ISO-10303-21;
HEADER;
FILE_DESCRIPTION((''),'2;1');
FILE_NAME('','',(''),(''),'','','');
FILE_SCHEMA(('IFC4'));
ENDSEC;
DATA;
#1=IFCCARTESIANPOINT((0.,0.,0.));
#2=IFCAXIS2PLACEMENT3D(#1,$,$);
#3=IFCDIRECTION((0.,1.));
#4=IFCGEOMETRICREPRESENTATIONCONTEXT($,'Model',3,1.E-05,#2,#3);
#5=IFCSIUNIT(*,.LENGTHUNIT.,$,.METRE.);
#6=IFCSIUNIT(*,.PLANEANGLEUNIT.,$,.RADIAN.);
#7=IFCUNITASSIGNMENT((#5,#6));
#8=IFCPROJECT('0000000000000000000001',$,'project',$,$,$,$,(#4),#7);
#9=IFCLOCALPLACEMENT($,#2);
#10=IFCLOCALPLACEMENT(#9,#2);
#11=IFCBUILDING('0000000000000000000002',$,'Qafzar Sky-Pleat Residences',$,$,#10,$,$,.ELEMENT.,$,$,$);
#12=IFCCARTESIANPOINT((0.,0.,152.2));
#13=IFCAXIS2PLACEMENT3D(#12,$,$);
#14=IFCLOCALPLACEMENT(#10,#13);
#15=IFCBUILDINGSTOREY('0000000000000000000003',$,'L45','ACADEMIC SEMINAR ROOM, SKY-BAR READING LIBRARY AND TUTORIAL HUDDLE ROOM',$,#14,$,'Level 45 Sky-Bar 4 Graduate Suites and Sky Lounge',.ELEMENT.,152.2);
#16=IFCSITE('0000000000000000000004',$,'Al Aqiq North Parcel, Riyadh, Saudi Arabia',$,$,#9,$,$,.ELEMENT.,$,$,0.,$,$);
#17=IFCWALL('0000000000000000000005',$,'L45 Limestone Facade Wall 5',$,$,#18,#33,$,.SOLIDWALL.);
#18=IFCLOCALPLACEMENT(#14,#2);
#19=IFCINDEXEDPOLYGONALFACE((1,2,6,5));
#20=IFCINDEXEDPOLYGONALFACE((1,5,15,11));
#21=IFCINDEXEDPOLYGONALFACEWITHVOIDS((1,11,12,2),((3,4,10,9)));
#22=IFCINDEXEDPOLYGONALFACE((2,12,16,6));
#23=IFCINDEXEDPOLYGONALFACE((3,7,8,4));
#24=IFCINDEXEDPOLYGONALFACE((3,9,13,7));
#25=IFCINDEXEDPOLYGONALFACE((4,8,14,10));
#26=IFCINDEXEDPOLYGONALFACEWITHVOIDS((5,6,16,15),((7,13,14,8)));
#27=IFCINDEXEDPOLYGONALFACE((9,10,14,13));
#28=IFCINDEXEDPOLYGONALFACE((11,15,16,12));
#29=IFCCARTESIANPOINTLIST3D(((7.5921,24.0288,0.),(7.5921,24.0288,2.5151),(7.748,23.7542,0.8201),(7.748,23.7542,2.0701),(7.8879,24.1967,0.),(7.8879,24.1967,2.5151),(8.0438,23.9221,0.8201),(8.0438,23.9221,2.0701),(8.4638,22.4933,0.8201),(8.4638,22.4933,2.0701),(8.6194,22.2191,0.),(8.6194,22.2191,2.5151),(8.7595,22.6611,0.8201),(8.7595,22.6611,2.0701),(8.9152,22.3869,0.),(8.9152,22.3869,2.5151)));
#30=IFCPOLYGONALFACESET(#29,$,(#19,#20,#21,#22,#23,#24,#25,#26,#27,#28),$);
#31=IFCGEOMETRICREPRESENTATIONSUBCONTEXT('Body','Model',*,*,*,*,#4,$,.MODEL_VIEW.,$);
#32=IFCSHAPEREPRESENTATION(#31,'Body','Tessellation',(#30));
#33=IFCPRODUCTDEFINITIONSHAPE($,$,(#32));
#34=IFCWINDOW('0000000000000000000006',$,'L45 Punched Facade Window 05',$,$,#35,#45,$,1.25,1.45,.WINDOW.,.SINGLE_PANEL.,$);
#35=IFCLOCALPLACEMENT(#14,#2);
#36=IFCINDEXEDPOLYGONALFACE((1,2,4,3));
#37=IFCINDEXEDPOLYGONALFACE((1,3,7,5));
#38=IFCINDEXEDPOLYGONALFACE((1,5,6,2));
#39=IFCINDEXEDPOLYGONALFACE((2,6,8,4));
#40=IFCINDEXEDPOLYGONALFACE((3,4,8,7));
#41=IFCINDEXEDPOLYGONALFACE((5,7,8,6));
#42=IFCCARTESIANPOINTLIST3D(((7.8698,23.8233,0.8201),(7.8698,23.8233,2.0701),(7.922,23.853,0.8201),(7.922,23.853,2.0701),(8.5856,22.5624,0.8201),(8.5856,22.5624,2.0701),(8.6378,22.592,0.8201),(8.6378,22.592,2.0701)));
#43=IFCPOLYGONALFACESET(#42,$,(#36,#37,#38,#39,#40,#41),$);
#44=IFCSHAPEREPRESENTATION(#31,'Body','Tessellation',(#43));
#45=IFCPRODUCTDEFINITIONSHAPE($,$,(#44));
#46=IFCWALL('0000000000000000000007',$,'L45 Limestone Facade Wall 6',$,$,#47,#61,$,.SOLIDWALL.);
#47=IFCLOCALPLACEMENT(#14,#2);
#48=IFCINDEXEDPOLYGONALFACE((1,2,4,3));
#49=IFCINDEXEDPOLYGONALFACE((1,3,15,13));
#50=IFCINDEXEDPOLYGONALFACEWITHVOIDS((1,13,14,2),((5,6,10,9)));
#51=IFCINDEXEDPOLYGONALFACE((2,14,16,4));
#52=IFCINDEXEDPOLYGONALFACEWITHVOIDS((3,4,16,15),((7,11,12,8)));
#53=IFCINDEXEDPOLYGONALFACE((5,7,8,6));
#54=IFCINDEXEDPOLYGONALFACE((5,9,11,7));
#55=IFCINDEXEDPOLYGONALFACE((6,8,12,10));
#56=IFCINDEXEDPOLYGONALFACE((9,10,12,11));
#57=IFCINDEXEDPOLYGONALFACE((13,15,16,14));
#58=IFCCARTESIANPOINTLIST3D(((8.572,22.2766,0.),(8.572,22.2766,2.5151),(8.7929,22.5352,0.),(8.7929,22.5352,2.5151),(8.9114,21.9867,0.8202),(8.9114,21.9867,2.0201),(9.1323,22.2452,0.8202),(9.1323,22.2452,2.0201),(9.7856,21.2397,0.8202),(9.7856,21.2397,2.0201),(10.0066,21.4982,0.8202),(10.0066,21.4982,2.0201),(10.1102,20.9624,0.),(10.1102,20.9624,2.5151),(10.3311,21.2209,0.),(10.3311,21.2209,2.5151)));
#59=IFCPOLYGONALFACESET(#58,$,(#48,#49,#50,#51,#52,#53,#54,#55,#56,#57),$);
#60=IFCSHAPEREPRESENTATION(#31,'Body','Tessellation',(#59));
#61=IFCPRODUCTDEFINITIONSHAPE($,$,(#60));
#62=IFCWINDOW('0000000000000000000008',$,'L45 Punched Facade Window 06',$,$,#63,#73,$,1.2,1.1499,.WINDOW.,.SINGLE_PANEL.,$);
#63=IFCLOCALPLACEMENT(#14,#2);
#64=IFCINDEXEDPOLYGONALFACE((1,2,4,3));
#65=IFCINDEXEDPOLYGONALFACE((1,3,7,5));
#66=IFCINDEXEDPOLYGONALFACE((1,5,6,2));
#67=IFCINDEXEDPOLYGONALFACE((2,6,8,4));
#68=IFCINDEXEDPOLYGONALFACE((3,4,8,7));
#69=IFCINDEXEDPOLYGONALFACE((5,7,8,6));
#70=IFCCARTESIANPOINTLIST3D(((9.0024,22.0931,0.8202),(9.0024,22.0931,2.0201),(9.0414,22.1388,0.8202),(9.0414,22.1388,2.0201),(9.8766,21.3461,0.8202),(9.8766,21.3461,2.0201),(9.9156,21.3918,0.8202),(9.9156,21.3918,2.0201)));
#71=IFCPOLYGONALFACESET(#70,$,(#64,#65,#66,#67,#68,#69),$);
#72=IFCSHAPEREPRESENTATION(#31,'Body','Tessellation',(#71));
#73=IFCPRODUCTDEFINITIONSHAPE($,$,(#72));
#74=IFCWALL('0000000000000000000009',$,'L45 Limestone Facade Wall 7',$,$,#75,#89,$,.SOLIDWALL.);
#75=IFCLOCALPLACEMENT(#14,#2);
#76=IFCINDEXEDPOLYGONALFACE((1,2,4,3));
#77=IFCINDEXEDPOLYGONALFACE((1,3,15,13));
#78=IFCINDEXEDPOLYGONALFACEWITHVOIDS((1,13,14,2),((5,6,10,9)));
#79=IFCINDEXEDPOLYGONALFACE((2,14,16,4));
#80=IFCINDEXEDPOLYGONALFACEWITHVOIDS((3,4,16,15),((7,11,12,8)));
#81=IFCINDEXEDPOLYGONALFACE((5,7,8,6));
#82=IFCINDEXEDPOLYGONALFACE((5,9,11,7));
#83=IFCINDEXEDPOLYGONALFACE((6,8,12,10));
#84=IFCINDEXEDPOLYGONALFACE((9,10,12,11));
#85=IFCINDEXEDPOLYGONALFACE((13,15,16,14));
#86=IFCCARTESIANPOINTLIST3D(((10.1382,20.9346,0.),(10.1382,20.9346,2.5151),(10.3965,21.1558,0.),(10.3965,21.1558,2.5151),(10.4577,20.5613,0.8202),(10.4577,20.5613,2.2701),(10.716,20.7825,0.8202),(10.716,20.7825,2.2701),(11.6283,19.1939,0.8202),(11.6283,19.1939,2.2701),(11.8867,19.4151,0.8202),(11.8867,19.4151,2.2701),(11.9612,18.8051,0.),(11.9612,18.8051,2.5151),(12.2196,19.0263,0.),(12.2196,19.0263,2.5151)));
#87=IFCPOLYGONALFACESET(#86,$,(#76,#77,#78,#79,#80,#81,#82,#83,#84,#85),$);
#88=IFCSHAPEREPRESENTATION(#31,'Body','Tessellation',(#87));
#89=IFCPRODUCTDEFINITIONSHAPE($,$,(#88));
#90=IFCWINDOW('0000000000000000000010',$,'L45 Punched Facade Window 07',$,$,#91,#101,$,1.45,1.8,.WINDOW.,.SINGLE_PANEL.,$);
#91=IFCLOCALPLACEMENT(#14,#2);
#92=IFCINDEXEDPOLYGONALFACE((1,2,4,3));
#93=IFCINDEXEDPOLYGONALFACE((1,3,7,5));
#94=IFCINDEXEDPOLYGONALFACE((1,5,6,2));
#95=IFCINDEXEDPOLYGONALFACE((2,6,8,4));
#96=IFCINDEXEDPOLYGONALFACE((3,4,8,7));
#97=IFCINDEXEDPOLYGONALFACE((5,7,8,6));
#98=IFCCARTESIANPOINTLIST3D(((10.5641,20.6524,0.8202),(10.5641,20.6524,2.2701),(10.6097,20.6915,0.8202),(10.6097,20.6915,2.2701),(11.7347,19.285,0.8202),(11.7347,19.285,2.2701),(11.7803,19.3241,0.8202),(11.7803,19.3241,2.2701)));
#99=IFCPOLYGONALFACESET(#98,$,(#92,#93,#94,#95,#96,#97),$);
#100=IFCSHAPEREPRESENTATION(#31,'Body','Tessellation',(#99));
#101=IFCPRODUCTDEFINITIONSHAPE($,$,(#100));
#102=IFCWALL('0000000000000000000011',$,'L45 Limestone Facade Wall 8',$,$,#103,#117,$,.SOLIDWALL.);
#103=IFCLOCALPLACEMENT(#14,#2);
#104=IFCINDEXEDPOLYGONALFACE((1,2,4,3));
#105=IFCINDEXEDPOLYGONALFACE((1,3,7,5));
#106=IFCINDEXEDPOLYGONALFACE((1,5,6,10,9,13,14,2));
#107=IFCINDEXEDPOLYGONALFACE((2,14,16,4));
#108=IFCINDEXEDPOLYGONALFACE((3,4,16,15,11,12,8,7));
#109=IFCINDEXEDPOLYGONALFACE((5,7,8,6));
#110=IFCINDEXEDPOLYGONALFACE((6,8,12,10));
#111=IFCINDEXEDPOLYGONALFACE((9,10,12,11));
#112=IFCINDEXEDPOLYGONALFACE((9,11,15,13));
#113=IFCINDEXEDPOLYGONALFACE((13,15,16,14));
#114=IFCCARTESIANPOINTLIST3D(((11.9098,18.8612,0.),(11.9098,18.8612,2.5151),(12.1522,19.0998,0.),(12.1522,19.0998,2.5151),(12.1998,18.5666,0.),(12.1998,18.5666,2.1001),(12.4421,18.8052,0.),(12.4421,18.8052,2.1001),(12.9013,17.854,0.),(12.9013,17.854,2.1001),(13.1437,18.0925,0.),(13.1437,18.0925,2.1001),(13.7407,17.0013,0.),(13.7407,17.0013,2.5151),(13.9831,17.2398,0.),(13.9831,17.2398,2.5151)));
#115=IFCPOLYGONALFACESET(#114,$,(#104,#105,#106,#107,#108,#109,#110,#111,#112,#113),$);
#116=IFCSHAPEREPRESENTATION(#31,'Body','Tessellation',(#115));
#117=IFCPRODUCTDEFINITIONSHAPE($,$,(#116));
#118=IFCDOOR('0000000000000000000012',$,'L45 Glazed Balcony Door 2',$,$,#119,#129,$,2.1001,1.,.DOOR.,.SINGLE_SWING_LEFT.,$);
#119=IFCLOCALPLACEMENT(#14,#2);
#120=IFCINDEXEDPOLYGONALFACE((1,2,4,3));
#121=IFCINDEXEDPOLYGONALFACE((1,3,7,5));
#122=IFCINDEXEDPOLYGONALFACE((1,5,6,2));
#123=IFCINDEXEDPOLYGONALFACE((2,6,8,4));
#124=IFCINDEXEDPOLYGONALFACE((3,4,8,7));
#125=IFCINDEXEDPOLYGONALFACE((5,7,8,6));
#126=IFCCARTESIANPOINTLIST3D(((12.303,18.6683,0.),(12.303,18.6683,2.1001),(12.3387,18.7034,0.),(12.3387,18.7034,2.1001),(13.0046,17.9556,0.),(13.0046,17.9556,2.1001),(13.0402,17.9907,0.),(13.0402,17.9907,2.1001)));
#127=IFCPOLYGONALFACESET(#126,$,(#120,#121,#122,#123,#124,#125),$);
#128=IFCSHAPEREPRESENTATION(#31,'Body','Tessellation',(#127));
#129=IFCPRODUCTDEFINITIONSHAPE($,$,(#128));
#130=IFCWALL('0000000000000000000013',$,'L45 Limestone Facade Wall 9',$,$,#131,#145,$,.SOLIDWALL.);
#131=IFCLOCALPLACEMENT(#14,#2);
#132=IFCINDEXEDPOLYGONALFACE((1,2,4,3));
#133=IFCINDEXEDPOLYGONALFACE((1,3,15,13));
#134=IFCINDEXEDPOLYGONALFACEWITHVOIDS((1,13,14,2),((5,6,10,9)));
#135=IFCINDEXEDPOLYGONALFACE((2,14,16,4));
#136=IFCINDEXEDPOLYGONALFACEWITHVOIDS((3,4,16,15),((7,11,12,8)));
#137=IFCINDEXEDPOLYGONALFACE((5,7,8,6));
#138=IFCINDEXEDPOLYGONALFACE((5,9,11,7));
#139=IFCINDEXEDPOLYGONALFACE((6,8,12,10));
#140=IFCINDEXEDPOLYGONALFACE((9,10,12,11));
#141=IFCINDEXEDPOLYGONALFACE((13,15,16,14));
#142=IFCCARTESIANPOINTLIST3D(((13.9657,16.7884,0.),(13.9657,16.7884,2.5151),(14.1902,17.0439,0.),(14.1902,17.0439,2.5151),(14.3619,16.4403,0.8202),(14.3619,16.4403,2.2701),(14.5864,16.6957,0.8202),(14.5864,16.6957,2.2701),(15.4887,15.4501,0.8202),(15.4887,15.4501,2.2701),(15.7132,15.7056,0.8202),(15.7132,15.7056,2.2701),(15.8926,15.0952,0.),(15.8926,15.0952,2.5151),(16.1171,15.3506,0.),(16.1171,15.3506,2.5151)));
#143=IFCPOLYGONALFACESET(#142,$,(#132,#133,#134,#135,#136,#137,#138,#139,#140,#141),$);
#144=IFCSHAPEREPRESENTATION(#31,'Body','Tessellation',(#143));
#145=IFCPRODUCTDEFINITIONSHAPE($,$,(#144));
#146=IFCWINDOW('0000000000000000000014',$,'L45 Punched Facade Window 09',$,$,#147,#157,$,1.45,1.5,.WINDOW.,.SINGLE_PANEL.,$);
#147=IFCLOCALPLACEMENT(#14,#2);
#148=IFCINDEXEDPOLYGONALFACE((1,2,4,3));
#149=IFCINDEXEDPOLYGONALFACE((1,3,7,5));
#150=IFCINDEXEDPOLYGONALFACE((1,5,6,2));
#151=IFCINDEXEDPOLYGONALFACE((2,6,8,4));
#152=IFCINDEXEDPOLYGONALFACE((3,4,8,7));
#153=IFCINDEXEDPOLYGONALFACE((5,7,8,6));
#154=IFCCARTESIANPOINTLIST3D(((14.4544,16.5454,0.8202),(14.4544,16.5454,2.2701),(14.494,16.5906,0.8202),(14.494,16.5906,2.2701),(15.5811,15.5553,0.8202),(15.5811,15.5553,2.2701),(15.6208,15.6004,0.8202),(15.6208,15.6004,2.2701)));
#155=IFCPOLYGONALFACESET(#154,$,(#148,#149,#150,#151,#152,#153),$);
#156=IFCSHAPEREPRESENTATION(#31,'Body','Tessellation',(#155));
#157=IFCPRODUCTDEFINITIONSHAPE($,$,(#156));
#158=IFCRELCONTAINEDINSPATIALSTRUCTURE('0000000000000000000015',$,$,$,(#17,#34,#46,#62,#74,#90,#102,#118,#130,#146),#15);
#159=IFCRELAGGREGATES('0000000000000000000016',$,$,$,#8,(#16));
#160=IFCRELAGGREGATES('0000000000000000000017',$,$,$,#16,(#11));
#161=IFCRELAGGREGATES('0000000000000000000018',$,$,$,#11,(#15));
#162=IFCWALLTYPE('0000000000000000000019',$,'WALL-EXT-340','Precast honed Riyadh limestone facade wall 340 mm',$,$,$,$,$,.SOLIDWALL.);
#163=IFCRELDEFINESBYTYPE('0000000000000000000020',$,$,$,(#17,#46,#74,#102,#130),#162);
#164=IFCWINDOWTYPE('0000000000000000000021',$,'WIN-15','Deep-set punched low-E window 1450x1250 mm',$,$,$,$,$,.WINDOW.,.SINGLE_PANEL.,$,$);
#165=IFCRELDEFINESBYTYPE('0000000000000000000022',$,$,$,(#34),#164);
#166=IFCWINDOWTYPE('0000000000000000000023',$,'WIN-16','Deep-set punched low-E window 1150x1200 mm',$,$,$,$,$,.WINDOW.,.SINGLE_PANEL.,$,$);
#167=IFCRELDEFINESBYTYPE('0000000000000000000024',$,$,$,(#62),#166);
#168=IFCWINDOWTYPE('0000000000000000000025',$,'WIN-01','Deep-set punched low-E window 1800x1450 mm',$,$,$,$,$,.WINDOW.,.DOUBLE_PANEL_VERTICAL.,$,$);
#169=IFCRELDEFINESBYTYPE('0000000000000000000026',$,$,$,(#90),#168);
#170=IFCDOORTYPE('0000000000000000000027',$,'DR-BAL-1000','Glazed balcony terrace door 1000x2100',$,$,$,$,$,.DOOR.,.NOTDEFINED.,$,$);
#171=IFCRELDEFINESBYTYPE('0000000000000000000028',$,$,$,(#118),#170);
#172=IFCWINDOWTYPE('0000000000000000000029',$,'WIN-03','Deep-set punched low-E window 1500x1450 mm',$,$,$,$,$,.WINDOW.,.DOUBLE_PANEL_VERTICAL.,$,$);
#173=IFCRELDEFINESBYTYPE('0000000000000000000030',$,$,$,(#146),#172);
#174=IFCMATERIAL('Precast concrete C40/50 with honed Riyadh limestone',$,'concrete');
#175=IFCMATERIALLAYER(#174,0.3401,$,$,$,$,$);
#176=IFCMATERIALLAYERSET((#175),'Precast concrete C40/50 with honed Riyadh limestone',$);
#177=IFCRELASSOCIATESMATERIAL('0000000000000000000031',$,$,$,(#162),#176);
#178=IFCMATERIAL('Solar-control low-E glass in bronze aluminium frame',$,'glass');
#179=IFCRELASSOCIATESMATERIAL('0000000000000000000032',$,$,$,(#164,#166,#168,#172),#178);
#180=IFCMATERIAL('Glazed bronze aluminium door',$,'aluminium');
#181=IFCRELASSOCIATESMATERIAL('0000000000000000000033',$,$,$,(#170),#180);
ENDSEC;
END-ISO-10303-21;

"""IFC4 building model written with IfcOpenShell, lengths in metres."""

from ifc_helpers import new_model, si_unit, direction, frame, frame_2d, origin, place, context, subcontext, project, spatial, rectangle, extrude, source, transform, mapped, material, layer, layer_set, type_object, element, fill, save


model = new_model("IFC4")

# Units and contexts
model_context = context("Model", 3, precision=1e-05, world=origin(), true_north=direction((0.0, 1.0)))
body_context = subcontext(model_context, "Body", "Model", "MODEL_VIEW")
ifc_project = project(units=[si_unit("LENGTHUNIT", "METRE"), si_unit("PLANEANGLEUNIT", "RADIAN")], contexts=[model_context])

# Site, building, storey
site_placement = place(None, origin())
site = spatial("IfcSite", under=ifc_project, at=site_placement, Name="Al Aqiq North Parcel, Riyadh, Saudi Arabia", CompositionType="ELEMENT", RefElevation=0.0)
building_placement = place(site_placement, origin())
building = spatial("IfcBuilding", under=site, at=building_placement, Name="Qafzar Sky-Pleat Residences", CompositionType="ELEMENT")
storey_placement = place(building_placement, frame((0.0, 0.0, 152.2)))
storey = spatial("IfcBuildingStorey", under=building, at=storey_placement, Name="L45", Description="ACADEMIC SEMINAR ROOM, SKY-BAR READING LIBRARY AND TUTORIAL HUDDLE ROOM", LongName="Level 45 Sky-Bar 4 Graduate Suites and Sky Lounge", CompositionType="ELEMENT", Elevation=152.2)

# Walls, openings, windows
ifc_material_1 = material(Name="Precast concrete C40/50 with honed Riyadh limestone", Category="concrete")
ifc_layer_1 = layer(ifc_material_1, 0.3401)
ifc_layer_set_1 = layer_set([ifc_layer_1], Name="Precast concrete C40/50 with honed Riyadh limestone")
wall_type_1 = type_object("IfcWallType", Name="WALL-EXT-340", Description="Precast honed Riyadh limestone facade wall 340 mm", PredefinedType="SOLIDWALL", material=ifc_layer_set_1)
wall_1_placement = place(storey_placement, frame((7.74, 24.1128, 0.0), z_axis=(0.0, 0.0, 1.0), x_axis=(0.493661, -0.869655, 0.0)))
wall_1 = element("IfcWall", 1, at=wall_1_placement, inside=storey, type_object=wall_type_1, Name="L45 Limestone Facade Wall 5", PredefinedType="SOLIDWALL", context=body_context, shape_type="SweptSolid", body=[
    extrude(rectangle(XDim=2.0811, YDim=0.3401, at=frame_2d((1.0405, 0.0))), origin(), (0.0, 0.0, 1.0), 2.5151),
])
opening_1_placement = place(wall_1_placement, frame((0.3157, 0.0, 0.8201)))
opening_1 = element("IfcOpeningElement", 2, at=opening_1_placement, cuts=wall_1, PredefinedType="OPENING", context=body_context, shape_type="SweptSolid", body=[
    extrude(rectangle(XDim=1.45, YDim=1.25, at=frame_2d((0.7251, 0.625))), frame((0.0, 0.1802, 0.0), z_axis=(0.0, -1.0, 0.0), x_axis=(1.0, 0.0, 0.0)), (0.0, 0.0, 1.0), 0.3601),
])
ifc_material_2 = material(Name="Solar-control low-E glass in bronze aluminium frame", Category="glass")
window_type_1 = type_object("IfcWindowType", Name="WIN-15", Description="Deep-set punched low-E window 1450x1250 mm", PartitioningType="SINGLE_PANEL", PredefinedType="WINDOW", material=ifc_material_2)
shared_shape_1 = source(origin(), body_context, "Body", "SweptSolid", [
    extrude(rectangle(XDim=1.45, YDim=1.25, at=frame_2d((0.7251, 0.625))), frame((0.0, 0.03, 0.0), z_axis=(0.0, -1.0, 0.0), x_axis=(1.0, 0.0, 0.0)), (0.0, 0.0, 1.0), 0.0601),
])
window_1_placement = place(opening_1_placement, origin())
window_1 = element("IfcWindow", 3, at=window_1_placement, inside=storey, type_object=window_type_1, Name="L45 Punched Facade Window 05", OverallHeight=1.25, OverallWidth=1.45, PartitioningType="SINGLE_PANEL", PredefinedType="WINDOW", context=body_context, shape_type="MappedRepresentation", body=[
    mapped(shared_shape_1, transform((0.0, 0.0, 0.0), x_axis=(1.0, 0.0, 0.0), y_axis=(0.0, 1.0, 0.0), z_axis=(0.0, 0.0, 1.0), scale=1.0)),
])
fill(opening_1, window_1)
wall_2_placement = place(storey_placement, frame((8.6824, 22.406, 0.0), z_axis=(0.0, 0.0, 1.0), x_axis=(0.760269, -0.649608, 0.0)))
wall_2 = element("IfcWall", 4, at=wall_2_placement, inside=storey, type_object=wall_type_1, Name="L45 Limestone Facade Wall 6", PredefinedType="SOLIDWALL", context=body_context, shape_type="SweptSolid", body=[
    extrude(rectangle(XDim=2.0232, YDim=0.3401, at=frame_2d((1.0117, 0.0))), origin(), (0.0, 0.0, 1.0), 2.5151),
])
opening_2_placement = place(wall_2_placement, frame((0.4465, 0.0, 0.8201)))
opening_2 = element("IfcOpeningElement", 5, at=opening_2_placement, cuts=wall_2, PredefinedType="OPENING", context=body_context, shape_type="SweptSolid", body=[
    extrude(rectangle(XDim=1.1499, YDim=1.2, at=frame_2d((0.575, 0.6001))), frame((0.0, 0.1802, 0.0), z_axis=(0.0, -1.0, 0.0), x_axis=(1.0, 0.0, 0.0)), (0.0, 0.0, 1.0), 0.3601),
])
window_type_2 = type_object("IfcWindowType", Name="WIN-16", Description="Deep-set punched low-E window 1150x1200 mm", PartitioningType="SINGLE_PANEL", PredefinedType="WINDOW", material=ifc_material_2)
shared_shape_2 = source(origin(), body_context, "Body", "SweptSolid", [
    extrude(rectangle(XDim=1.1499, YDim=1.2, at=frame_2d((0.575, 0.6001))), frame((0.0, 0.03, 0.0), z_axis=(0.0, -1.0, 0.0), x_axis=(1.0, 0.0, 0.0)), (0.0, 0.0, 1.0), 0.0601),
])
window_2_placement = place(opening_2_placement, origin())
window_2 = element("IfcWindow", 6, at=window_2_placement, inside=storey, type_object=window_type_2, Name="L45 Punched Facade Window 06", OverallHeight=1.2, OverallWidth=1.1499, PartitioningType="SINGLE_PANEL", PredefinedType="WINDOW", context=body_context, shape_type="MappedRepresentation", body=[
    mapped(shared_shape_2, transform((0.0, 0.0, 0.0), x_axis=(1.0, 0.0, 0.0), y_axis=(0.0, 1.0, 0.0), z_axis=(0.0, 0.0, 1.0), scale=1.0)),
])
fill(opening_2, window_2)
wall_3_placement = place(storey_placement, frame((10.2673, 21.0452, 0.0), z_axis=(0.0, 0.0, 1.0), x_axis=(0.650339, -0.759644, 0.0)))
wall_3 = element("IfcWall", 7, at=wall_3_placement, inside=storey, type_object=wall_type_1, Name="L45 Limestone Facade Wall 7", PredefinedType="SOLIDWALL", context=body_context, shape_type="SweptSolid", body=[
    extrude(rectangle(XDim=2.8032, YDim=0.3401, at=frame_2d((1.4016, 0.0))), origin(), (0.0, 0.0, 1.0), 2.5151),
])
opening_3_placement = place(wall_3_placement, frame((0.4915, 0.0, 0.8201)))
opening_3 = element("IfcOpeningElement", 8, at=opening_3_placement, cuts=wall_3, PredefinedType="OPENING", context=body_context, shape_type="SweptSolid", body=[
    extrude(rectangle(XDim=1.8, YDim=1.45, at=frame_2d((0.8999, 0.7251))), frame((0.0, 0.1802, 0.0), z_axis=(0.0, -1.0, 0.0), x_axis=(1.0, 0.0, 0.0)), (0.0, 0.0, 1.0), 0.3601),
])
window_type_3 = type_object("IfcWindowType", Name="WIN-01", Description="Deep-set punched low-E window 1800x1450 mm", PartitioningType="DOUBLE_PANEL_VERTICAL", PredefinedType="WINDOW", material=ifc_material_2)
shared_shape_3 = source(origin(), body_context, "Body", "SweptSolid", [
    extrude(rectangle(XDim=1.8, YDim=1.45, at=frame_2d((0.8999, 0.7251))), frame((0.0, 0.03, 0.0), z_axis=(0.0, -1.0, 0.0), x_axis=(1.0, 0.0, 0.0)), (0.0, 0.0, 1.0), 0.0601),
])
window_3_placement = place(opening_3_placement, origin())
window_3 = element("IfcWindow", 9, at=window_3_placement, inside=storey, type_object=window_type_3, Name="L45 Punched Facade Window 07", OverallHeight=1.45, OverallWidth=1.8, PartitioningType="SINGLE_PANEL", PredefinedType="WINDOW", context=body_context, shape_type="MappedRepresentation", body=[
    mapped(shared_shape_3, transform((0.0, 0.0, 0.0), x_axis=(1.0, 0.0, 0.0), y_axis=(0.0, 1.0, 0.0), z_axis=(0.0, 0.0, 1.0), scale=1.0)),
])
fill(opening_3, window_3)

# Wall, opening, door
wall_4_placement = place(storey_placement, frame((12.031, 18.9805, 0.0), z_axis=(0.0, 0.0, 1.0), x_axis=(0.701519, -0.712651, 0.0)))
wall_4 = element("IfcWall", 10, at=wall_4_placement, inside=storey, type_object=wall_type_1, Name="L45 Limestone Facade Wall 8", PredefinedType="SOLIDWALL", context=body_context, shape_type="SweptSolid", body=[
    extrude(rectangle(XDim=2.6099, YDim=0.3401, at=frame_2d((1.3049, 0.0))), origin(), (0.0, 0.0, 1.0), 2.5151),
])
opening_4_placement = place(wall_4_placement, frame((0.4133, 0.0, 0.0)))
opening_4 = element("IfcOpeningElement", 11, at=opening_4_placement, cuts=wall_4, PredefinedType="OPENING", context=body_context, shape_type="SweptSolid", body=[
    extrude(rectangle(XDim=1.0, YDim=2.1001, at=frame_2d((0.5, 1.05))), frame((0.0, 0.1802, 0.0), z_axis=(0.0, -1.0, 0.0), x_axis=(1.0, 0.0, 0.0)), (0.0, 0.0, 1.0), 0.3601),
])
ifc_material_3 = material(Name="Glazed bronze aluminium door", Category="aluminium")
door_type = type_object("IfcDoorType", Name="DR-BAL-1000", Description="Glazed balcony terrace door 1000x2100", OperationType="NOTDEFINED", PredefinedType="DOOR", material=ifc_material_3)
shared_shape_4 = source(origin(), body_context, "Body", "SweptSolid", [
    extrude(rectangle(XDim=1.0, YDim=2.1001, at=frame_2d((0.5, 1.05))), frame((0.0, 0.0249, 0.0), z_axis=(0.0, -1.0, 0.0), x_axis=(1.0, 0.0, 0.0)), (0.0, 0.0, 1.0), 0.05),
])
door_placement = place(opening_4_placement, origin())
door = element("IfcDoor", 12, at=door_placement, inside=storey, type_object=door_type, Name="L45 Glazed Balcony Door 2", OperationType="SINGLE_SWING_LEFT", OverallHeight=2.1001, OverallWidth=1.0, PredefinedType="DOOR", context=body_context, shape_type="MappedRepresentation", body=[
    mapped(shared_shape_4, transform((0.0, 0.0, 0.0), x_axis=(1.0, 0.0, 0.0), y_axis=(0.0, 1.0, 0.0), z_axis=(0.0, 0.0, 1.0), scale=1.0)),
])
fill(opening_4, door)

# Wall, opening, window
wall_5_placement = place(storey_placement, frame((14.0779, 16.9163, 0.0), z_axis=(0.0, 0.0, 1.0), x_axis=(0.751178, -0.6601, 0.0)))
wall_5 = element("IfcWall", 13, at=wall_5_placement, inside=storey, type_object=wall_type_1, Name="L45 Limestone Facade Wall 9", PredefinedType="SOLIDWALL", context=body_context, shape_type="SweptSolid", body=[
    extrude(rectangle(XDim=2.5652, YDim=0.3401, at=frame_2d((1.2827, 0.0))), origin(), (0.0, 0.0, 1.0), 2.5151),
])
opening_5_placement = place(wall_5_placement, frame((0.5276, 0.0, 0.8201)))
opening_5 = element("IfcOpeningElement", 14, at=opening_5_placement, cuts=wall_5, PredefinedType="OPENING", context=body_context, shape_type="SweptSolid", body=[
    extrude(rectangle(XDim=1.5, YDim=1.45, at=frame_2d((0.75, 0.7251))), frame((0.0, 0.1802, 0.0), z_axis=(0.0, -1.0, 0.0), x_axis=(1.0, 0.0, 0.0)), (0.0, 0.0, 1.0), 0.3601),
])
window_type_4 = type_object("IfcWindowType", Name="WIN-03", Description="Deep-set punched low-E window 1500x1450 mm", PartitioningType="DOUBLE_PANEL_VERTICAL", PredefinedType="WINDOW", material=ifc_material_2)
shared_shape_5 = source(origin(), body_context, "Body", "SweptSolid", [
    extrude(rectangle(XDim=1.5, YDim=1.45, at=frame_2d((0.75, 0.7251))), frame((0.0, 0.03, 0.0), z_axis=(0.0, -1.0, 0.0), x_axis=(1.0, 0.0, 0.0)), (0.0, 0.0, 1.0), 0.0601),
])
window_4_placement = place(opening_5_placement, origin())
window_4 = element("IfcWindow", 15, at=window_4_placement, inside=storey, type_object=window_type_4, Name="L45 Punched Facade Window 09", OverallHeight=1.45, OverallWidth=1.5, PartitioningType="SINGLE_PANEL", PredefinedType="WINDOW", context=body_context, shape_type="MappedRepresentation", body=[
    mapped(shared_shape_5, transform((0.0, 0.0, 0.0), x_axis=(1.0, 0.0, 0.0), y_axis=(0.0, 1.0, 0.0), z_axis=(0.0, 0.0, 1.0), scale=1.0)),
])
fill(opening_5, window_4)

save(model, "model.ifc")
